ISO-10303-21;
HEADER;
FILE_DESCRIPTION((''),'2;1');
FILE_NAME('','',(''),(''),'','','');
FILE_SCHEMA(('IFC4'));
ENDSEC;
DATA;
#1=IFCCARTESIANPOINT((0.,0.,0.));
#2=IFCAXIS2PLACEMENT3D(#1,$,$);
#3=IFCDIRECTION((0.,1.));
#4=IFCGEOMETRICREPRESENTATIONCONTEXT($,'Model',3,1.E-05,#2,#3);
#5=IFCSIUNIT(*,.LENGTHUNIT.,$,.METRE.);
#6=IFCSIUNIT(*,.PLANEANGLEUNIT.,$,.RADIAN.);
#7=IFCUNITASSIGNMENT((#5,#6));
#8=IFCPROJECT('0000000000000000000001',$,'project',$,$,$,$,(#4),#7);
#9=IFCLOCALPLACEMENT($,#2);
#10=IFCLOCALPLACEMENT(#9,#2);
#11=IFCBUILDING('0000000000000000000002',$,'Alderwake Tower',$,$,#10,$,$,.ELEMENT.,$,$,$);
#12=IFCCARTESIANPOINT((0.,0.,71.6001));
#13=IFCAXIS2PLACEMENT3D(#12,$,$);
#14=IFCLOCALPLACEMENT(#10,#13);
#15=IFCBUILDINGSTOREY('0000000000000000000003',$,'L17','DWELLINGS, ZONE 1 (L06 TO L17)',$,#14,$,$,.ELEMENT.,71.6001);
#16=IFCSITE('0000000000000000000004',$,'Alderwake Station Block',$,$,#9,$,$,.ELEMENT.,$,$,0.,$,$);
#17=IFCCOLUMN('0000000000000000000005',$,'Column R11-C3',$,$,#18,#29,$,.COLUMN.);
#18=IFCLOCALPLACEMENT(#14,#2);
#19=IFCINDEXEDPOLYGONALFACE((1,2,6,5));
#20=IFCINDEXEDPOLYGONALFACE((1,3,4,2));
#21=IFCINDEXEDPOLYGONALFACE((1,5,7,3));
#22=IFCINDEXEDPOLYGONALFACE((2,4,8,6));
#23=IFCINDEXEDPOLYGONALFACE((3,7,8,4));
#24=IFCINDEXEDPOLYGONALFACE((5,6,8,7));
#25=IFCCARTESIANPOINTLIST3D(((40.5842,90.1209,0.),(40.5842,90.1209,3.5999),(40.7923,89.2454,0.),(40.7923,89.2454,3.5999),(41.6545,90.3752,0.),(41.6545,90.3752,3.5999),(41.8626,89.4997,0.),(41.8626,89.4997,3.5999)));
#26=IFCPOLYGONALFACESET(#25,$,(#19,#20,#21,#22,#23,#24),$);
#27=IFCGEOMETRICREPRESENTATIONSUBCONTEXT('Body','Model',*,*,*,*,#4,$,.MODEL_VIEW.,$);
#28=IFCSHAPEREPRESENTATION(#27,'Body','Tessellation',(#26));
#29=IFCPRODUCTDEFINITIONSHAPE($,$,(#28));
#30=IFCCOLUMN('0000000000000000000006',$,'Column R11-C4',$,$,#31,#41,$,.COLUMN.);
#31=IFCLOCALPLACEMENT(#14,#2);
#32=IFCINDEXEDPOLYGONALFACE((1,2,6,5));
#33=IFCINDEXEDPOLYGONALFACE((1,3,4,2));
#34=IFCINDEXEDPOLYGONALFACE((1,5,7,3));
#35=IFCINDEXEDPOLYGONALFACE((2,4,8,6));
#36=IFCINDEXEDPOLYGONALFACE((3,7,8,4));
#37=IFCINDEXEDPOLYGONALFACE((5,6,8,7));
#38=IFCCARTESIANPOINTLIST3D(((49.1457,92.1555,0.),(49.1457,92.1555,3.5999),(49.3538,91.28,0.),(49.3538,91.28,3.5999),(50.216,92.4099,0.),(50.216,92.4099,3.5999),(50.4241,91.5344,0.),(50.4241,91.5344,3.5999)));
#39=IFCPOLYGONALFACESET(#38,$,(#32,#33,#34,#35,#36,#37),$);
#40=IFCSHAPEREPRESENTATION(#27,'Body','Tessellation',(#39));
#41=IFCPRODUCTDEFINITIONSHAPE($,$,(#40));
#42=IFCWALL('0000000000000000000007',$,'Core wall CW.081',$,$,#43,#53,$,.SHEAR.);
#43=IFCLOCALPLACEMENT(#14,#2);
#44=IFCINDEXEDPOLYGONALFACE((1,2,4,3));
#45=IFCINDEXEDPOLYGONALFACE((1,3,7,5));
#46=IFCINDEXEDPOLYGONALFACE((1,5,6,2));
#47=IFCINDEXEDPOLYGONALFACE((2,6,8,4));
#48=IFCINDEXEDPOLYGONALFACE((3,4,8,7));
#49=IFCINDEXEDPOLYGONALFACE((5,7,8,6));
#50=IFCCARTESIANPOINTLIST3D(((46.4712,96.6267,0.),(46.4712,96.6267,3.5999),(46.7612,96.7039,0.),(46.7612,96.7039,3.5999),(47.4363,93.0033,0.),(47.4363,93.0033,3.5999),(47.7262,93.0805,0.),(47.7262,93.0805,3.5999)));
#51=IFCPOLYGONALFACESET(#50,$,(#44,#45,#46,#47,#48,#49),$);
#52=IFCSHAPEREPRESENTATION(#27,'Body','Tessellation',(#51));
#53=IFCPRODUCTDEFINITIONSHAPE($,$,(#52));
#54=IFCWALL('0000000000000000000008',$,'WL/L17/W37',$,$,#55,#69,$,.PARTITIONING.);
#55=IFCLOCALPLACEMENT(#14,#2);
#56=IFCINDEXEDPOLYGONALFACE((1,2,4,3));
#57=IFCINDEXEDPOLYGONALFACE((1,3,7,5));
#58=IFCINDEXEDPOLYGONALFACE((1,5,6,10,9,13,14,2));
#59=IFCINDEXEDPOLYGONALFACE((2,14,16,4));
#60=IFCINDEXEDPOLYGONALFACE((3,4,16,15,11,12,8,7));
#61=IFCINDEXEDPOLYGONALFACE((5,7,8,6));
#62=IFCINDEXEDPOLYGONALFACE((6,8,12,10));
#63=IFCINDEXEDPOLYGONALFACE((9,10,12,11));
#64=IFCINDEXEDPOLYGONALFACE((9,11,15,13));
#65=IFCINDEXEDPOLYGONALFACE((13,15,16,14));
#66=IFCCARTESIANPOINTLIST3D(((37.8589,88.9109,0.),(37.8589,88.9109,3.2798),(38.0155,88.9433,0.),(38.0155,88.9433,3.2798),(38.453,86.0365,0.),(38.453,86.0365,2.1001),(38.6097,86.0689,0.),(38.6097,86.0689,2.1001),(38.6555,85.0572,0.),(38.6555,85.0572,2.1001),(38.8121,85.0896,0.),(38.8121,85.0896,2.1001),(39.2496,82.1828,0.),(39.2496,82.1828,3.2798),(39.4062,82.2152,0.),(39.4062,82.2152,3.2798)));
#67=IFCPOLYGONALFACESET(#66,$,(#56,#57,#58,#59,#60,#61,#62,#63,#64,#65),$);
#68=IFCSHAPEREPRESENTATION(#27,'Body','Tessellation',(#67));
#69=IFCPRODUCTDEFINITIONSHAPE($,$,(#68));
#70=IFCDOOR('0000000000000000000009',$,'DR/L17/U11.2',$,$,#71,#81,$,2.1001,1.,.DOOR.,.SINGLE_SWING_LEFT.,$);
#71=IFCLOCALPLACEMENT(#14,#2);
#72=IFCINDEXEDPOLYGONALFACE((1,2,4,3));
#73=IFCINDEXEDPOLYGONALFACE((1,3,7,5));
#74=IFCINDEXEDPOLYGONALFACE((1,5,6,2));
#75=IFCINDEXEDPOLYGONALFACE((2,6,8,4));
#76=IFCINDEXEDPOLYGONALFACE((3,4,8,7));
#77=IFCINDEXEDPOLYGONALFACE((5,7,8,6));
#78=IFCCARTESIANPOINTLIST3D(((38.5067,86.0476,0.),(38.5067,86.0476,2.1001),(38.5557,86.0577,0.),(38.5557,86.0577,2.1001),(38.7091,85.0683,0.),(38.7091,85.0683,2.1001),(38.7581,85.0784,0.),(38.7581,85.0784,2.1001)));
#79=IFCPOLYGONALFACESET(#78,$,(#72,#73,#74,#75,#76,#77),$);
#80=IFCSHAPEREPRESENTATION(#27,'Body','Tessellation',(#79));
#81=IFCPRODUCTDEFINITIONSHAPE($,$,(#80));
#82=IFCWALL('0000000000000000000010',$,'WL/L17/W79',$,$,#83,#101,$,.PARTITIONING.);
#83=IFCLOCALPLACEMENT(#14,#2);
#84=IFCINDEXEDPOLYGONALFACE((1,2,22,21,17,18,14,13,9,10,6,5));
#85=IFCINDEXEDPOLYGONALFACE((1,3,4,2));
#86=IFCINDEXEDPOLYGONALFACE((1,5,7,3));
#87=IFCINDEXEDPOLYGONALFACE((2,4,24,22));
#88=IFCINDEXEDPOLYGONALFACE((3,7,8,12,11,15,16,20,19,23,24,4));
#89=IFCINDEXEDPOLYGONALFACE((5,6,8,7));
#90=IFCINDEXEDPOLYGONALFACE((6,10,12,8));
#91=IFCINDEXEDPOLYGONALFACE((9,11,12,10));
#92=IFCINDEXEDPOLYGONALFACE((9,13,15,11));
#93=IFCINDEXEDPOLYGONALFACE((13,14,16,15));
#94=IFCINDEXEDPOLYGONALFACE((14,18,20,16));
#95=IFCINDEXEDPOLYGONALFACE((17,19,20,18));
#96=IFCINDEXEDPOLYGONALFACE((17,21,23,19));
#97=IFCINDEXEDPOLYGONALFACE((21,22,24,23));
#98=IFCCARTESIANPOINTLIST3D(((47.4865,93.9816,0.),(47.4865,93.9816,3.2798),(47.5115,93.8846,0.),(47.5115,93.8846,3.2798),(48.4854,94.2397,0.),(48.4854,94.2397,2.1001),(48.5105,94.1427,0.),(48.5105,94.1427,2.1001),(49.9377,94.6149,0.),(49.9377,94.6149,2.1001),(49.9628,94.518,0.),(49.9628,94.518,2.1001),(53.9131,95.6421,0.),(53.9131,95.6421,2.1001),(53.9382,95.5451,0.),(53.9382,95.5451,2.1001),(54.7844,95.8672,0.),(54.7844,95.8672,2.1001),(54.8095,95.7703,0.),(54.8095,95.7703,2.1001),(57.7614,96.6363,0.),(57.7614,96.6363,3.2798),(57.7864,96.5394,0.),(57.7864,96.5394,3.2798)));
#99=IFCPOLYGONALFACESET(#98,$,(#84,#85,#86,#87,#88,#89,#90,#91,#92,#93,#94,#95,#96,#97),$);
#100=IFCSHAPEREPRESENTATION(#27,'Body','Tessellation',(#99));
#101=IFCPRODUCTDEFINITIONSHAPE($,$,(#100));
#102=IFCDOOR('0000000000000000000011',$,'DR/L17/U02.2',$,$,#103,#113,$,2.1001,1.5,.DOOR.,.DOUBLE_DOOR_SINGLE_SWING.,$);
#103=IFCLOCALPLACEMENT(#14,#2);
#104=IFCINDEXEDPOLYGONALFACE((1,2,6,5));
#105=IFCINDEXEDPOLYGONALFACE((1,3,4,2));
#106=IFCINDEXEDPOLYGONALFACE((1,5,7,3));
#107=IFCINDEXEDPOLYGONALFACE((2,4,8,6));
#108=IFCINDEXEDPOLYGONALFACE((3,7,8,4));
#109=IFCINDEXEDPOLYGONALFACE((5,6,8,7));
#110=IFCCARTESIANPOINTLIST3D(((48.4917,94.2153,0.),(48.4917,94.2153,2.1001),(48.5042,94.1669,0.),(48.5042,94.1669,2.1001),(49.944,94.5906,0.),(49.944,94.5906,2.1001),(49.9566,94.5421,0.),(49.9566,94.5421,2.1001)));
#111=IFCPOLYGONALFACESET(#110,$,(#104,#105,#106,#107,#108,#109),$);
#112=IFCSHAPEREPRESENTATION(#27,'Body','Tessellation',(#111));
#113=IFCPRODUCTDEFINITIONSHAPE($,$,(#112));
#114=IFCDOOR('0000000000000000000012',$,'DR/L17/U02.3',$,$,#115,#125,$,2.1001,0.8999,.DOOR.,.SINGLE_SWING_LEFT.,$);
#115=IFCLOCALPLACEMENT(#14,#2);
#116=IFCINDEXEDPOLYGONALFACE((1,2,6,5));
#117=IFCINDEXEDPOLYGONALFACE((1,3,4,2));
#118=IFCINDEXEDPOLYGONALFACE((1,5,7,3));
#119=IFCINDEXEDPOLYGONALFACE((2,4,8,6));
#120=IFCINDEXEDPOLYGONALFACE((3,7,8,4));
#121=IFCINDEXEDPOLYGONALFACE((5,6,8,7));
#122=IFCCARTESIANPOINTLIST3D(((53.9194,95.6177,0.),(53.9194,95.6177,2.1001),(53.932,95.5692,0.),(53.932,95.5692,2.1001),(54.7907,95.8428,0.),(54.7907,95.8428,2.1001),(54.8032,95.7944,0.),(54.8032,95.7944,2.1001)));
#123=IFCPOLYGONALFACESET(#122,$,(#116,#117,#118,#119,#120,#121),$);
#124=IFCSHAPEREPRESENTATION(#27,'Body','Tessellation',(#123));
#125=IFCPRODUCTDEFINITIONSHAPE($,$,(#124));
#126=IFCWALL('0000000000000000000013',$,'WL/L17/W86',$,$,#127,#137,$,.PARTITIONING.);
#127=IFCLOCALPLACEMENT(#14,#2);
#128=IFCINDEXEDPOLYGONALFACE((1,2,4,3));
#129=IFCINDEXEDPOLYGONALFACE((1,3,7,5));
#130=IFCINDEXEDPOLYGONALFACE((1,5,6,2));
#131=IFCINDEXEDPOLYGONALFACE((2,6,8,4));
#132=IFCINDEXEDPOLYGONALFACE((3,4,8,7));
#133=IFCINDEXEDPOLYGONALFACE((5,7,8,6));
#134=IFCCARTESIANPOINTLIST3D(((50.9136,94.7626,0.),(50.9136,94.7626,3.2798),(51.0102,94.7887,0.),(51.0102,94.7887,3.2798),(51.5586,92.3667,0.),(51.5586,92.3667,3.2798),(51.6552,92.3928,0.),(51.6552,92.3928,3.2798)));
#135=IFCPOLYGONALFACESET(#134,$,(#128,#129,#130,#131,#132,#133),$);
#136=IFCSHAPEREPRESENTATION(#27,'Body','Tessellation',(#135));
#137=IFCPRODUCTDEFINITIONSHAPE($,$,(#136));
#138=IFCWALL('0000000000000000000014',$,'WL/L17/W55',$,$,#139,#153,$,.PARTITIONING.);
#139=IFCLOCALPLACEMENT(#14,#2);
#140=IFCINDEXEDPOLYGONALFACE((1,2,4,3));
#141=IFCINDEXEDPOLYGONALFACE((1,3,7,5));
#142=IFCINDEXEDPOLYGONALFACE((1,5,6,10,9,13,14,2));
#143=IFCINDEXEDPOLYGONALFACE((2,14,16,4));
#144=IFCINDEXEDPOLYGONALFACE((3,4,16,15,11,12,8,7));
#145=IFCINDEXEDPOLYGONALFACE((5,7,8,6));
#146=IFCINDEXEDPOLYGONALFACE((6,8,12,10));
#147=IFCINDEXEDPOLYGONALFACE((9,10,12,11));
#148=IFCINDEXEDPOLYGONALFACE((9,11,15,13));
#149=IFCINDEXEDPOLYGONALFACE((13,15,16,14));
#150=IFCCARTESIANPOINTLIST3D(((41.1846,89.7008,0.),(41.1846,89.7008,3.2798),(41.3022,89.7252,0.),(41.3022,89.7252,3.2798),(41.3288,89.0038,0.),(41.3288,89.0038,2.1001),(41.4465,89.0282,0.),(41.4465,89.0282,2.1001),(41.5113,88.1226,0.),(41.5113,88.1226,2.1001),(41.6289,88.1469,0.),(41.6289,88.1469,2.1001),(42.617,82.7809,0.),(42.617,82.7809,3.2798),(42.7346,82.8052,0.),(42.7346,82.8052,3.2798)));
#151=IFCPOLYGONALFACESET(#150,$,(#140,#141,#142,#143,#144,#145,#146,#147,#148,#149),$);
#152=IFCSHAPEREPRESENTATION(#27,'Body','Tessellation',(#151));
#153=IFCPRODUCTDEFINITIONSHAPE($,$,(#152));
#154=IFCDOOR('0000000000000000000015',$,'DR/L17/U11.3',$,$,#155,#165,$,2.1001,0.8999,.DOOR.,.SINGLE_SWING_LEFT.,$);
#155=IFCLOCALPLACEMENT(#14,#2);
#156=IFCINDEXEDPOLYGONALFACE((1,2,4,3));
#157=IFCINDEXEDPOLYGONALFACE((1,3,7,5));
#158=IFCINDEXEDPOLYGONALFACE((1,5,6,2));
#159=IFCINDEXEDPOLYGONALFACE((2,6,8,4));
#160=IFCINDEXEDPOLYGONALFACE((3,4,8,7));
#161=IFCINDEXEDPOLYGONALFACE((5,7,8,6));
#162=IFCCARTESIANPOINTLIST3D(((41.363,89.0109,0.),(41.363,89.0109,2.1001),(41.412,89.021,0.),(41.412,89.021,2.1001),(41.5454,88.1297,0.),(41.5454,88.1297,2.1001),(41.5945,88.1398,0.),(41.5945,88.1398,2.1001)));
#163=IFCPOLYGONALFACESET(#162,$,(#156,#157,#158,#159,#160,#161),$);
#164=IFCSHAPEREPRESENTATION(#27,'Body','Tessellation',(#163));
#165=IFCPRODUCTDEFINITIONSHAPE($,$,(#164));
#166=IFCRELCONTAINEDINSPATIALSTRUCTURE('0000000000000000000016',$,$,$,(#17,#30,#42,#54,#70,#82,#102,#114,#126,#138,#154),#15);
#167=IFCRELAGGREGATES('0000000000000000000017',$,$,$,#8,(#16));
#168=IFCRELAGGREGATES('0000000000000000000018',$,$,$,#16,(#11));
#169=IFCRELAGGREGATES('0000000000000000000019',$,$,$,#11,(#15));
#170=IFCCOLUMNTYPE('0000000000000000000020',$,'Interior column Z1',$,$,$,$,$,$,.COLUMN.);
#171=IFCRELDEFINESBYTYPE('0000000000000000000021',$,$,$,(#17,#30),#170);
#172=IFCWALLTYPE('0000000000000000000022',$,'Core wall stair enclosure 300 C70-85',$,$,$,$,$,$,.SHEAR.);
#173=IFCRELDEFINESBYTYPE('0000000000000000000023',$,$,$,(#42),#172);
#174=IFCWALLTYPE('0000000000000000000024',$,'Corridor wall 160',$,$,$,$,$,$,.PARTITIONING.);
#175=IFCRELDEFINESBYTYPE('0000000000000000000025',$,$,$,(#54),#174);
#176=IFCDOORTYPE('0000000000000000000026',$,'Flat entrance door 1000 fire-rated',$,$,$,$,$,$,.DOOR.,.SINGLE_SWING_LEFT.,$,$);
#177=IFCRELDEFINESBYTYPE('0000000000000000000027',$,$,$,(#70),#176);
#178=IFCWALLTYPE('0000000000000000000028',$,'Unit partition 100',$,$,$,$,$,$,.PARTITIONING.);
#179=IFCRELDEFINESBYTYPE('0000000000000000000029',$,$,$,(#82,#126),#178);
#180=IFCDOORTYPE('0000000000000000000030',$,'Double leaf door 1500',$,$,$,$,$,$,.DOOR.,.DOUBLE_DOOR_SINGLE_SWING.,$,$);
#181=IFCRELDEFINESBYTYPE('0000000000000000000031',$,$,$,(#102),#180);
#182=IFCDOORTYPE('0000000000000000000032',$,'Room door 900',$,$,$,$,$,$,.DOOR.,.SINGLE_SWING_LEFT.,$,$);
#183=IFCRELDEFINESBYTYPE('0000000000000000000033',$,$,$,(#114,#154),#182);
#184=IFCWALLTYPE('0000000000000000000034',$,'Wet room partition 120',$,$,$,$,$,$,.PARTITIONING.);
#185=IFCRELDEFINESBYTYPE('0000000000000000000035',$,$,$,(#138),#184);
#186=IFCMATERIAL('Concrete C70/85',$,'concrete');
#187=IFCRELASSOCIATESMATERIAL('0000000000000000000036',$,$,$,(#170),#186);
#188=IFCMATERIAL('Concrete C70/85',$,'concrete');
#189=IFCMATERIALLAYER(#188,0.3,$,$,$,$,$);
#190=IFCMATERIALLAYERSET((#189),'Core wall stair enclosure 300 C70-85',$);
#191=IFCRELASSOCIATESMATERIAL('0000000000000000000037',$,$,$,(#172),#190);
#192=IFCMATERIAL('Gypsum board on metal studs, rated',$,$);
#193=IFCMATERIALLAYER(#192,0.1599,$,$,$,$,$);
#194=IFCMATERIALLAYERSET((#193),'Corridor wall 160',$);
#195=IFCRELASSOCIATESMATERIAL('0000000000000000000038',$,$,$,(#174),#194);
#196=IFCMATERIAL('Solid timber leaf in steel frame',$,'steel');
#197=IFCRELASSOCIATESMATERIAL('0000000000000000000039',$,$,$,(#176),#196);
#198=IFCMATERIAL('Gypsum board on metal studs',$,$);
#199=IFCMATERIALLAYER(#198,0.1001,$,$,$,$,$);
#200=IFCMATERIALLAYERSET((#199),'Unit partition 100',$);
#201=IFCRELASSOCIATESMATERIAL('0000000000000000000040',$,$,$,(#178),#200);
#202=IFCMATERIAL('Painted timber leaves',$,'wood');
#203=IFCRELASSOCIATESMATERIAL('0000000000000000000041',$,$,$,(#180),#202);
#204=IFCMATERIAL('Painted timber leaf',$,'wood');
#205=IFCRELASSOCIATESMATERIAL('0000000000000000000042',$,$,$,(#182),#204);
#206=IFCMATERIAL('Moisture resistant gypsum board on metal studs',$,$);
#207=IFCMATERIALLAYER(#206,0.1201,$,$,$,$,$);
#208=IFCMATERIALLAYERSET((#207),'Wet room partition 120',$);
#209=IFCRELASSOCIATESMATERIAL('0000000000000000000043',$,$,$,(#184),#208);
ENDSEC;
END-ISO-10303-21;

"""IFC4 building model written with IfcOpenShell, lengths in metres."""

from ifc_helpers import new_model, si_unit, direction, frame, frame_2d, origin, origin_2d, place, context, subcontext, project, spatial, rectangle, extrude, material, layer, layer_set, material_profile, profile_set, type_object, element, fill, save


model = new_model("IFC4")

# Units and contexts
model_context = context("Model", 3, precision=1e-05, world=origin(), true_north=direction((0.0, 1.0)))
body_context = subcontext(model_context, "Body", "Model", "MODEL_VIEW")
ifc_project = project(units=[si_unit("LENGTHUNIT", "METRE"), si_unit("PLANEANGLEUNIT", "RADIAN")], contexts=[model_context])

# Site, building, storey
site_placement = place(None, origin())
site = spatial("IfcSite", under=ifc_project, at=site_placement, Name="Alderwake Station Block", CompositionType="ELEMENT", RefElevation=0.0)
building_placement = place(site_placement, origin())
building = spatial("IfcBuilding", under=site, at=building_placement, Name="Alderwake Tower", CompositionType="ELEMENT")
storey_placement = place(building_placement, frame((0.0, 0.0, 71.6001)))
storey = spatial("IfcBuildingStorey", under=building, at=storey_placement, Name="L17", Description="DWELLINGS, ZONE 1 (L06 TO L17)", CompositionType="ELEMENT", Elevation=71.6001)

# Columns
ifc_material_1 = material(Name="Concrete C70/85", Category="concrete")
ifc_material_profile = material_profile(ifc_material_1, rectangle(XDim=0.8999, YDim=1.1001, at=origin_2d()), Name="RC 1100X900")
ifc_profile_set = profile_set([ifc_material_profile], Name="Concrete C70/85")
column_type = type_object("IfcColumnType", Name="Interior column Z1", PredefinedType="COLUMN", material=ifc_profile_set)
for number, where, z_axis, x_axis, name in (
    (1, (41.2234, 89.8103, 0.0), (0.0, 0.0, 1.0), (-0.231222, 0.972901, 0.0), "Column R11-C3"),
    (2, (49.7849, 91.845, 0.0), (0.0, 0.0, 1.0), (-0.231222, 0.972901, 0.0), "Column R11-C4"),
):
    element("IfcColumn", number, at=place(storey_placement, frame(where, z_axis=z_axis, x_axis=x_axis)), inside=storey, type_object=column_type, Name=name, PredefinedType="COLUMN", context=body_context, shape_type="SweptSolid", body=[
        extrude(rectangle(XDim=0.8999, YDim=1.1001, at=origin_2d()), origin(), (0.0, 0.0, 1.0), 3.5999),
    ])

# Wall
ifc_material_2 = material(Name="Concrete C70/85", Category="concrete")
ifc_layer_1 = layer(ifc_material_2, 0.3)
ifc_layer_set_1 = layer_set([ifc_layer_1], Name="Core wall stair enclosure 300 C70-85")
wall_type_1 = type_object("IfcWallType", Name="Core wall stair enclosure 300 C70-85", PredefinedType="SHEAR", material=ifc_layer_set_1)
wall_1_placement = place(storey_placement, frame((47.5813, 93.0417, 0.0), z_axis=(0.0, 0.0, 1.0), x_axis=(-0.257367, 0.966314, 0.0)))
element("IfcWall", 3, at=wall_1_placement, inside=storey, type_object=wall_type_1, Name="Core wall CW.081", PredefinedType="SHEAR", context=body_context, shape_type="SweptSolid", body=[
    extrude(rectangle(XDim=3.7498, YDim=0.3, at=frame_2d((1.875, 0.0))), origin(), (0.0, 0.0, 1.0), 3.5999),
])

# Wall, opening, door
ifc_material_3 = material(Name="Gypsum board on metal studs, rated")
ifc_layer_2 = layer(ifc_material_3, 0.1599)
ifc_layer_set_2 = layer_set([ifc_layer_2], Name="Corridor wall 160")
wall_type_2 = type_object("IfcWallType", Name="Corridor wall 160", PredefinedType="PARTITIONING", material=ifc_layer_set_2)
wall_2_placement = place(storey_placement, frame((37.9373, 88.927, 0.0), z_axis=(0.0, 0.0, 1.0), x_axis=(0.202413, -0.9793, 0.0)))
wall_2 = element("IfcWall", 4, at=wall_2_placement, inside=storey, type_object=wall_type_2, Name="WL/L17/W37", PredefinedType="PARTITIONING", context=body_context, shape_type="SweptSolid", body=[
    extrude(rectangle(XDim=6.8704, YDim=0.1599, at=frame_2d((3.4351, 0.0))), origin(), (0.0, 0.0, 1.0), 3.2798),
])
opening_1_placement = place(wall_2_placement, frame((2.9351, 0.0, 0.0)))
opening_1 = element("IfcOpeningElement", 5, at=opening_1_placement, cuts=wall_2, PredefinedType="OPENING", context=body_context, shape_type="SweptSolid", body=[
    extrude(rectangle(XDim=1.0, YDim=2.1001, at=frame_2d((0.5, 1.05))), frame((0.0, 0.0898, 0.0), z_axis=(0.0, -1.0, 0.0), x_axis=(1.0, 0.0, 0.0)), (0.0, 0.0, 1.0), 0.1799),
])
ifc_material_4 = material(Name="Solid timber leaf in steel frame", Category="steel")
door_type_1 = type_object("IfcDoorType", Name="Flat entrance door 1000 fire-rated", OperationType="SINGLE_SWING_LEFT", PredefinedType="DOOR", material=ifc_material_4)
door_1_placement = place(opening_1_placement, origin())
door_1 = element("IfcDoor", 6, at=door_1_placement, inside=storey, type_object=door_type_1, Name="DR/L17/U11.2", OperationType="SINGLE_SWING_LEFT", OverallHeight=2.1001, OverallWidth=1.0, PredefinedType="DOOR", context=body_context, shape_type="SweptSolid", body=[
    extrude(rectangle(XDim=1.0, YDim=2.1001, at=frame_2d((0.5, 1.05))), frame((0.0, 0.0249, 0.0), z_axis=(0.0, -1.0, 0.0), x_axis=(1.0, 0.0, 0.0)), (0.0, 0.0, 1.0), 0.05),
])
fill(opening_1, door_1)

# Wall, openings, doors
ifc_material_5 = material(Name="Gypsum board on metal studs")
ifc_layer_3 = layer(ifc_material_5, 0.1001)
ifc_layer_set_3 = layer_set([ifc_layer_3], Name="Unit partition 100")
wall_type_3 = type_object("IfcWallType", Name="Unit partition 100", PredefinedType="PARTITIONING", material=ifc_layer_set_3)
wall_3_placement = place(storey_placement, frame((47.499, 93.9331, 0.0), z_axis=(0.0, 0.0, 1.0), x_axis=(0.968204, 0.25016, 0.0)))
wall_3 = element("IfcWall", 7, at=wall_3_placement, inside=storey, type_object=wall_type_3, Name="WL/L17/W79", PredefinedType="PARTITIONING", context=body_context, shape_type="SweptSolid", body=[
    extrude(rectangle(XDim=10.6123, YDim=0.1001, at=frame_2d((5.3062, 0.0))), origin(), (0.0, 0.0, 1.0), 3.2798),
])
opening_2_placement = place(wall_3_placement, frame((1.0317, 0.0, 0.0)))
opening_2 = element("IfcOpeningElement", 8, at=opening_2_placement, cuts=wall_3, PredefinedType="OPENING", context=body_context, shape_type="SweptSolid", body=[
    extrude(rectangle(XDim=1.5, YDim=2.1001, at=frame_2d((0.75, 1.05))), frame((0.0, 0.0601, 0.0), z_axis=(0.0, -1.0, 0.0), x_axis=(1.0, 0.0, 0.0)), (0.0, 0.0, 1.0), 0.1201),
])
opening_3_placement = place(wall_3_placement, frame((6.6377, 0.0, 0.0)))
opening_3 = element("IfcOpeningElement", 9, at=opening_3_placement, cuts=wall_3, PredefinedType="OPENING", context=body_context, shape_type="SweptSolid", body=[
    extrude(rectangle(XDim=0.8999, YDim=2.1001, at=frame_2d((0.45, 1.05))), frame((0.0, 0.0601, 0.0), z_axis=(0.0, -1.0, 0.0), x_axis=(1.0, 0.0, 0.0)), (0.0, 0.0, 1.0), 0.1201),
])
ifc_material_6 = material(Name="Painted timber leaves", Category="wood")
door_type_2 = type_object("IfcDoorType", Name="Double leaf door 1500", OperationType="DOUBLE_DOOR_SINGLE_SWING", PredefinedType="DOOR", material=ifc_material_6)
door_2_placement = place(opening_2_placement, origin())
door_2 = element("IfcDoor", 10, at=door_2_placement, inside=storey, type_object=door_type_2, Name="DR/L17/U02.2", OperationType="DOUBLE_DOOR_SINGLE_SWING", OverallHeight=2.1001, OverallWidth=1.5, PredefinedType="DOOR", context=body_context, shape_type="SweptSolid", body=[
    extrude(rectangle(XDim=1.5, YDim=2.1001, at=frame_2d((0.75, 1.05))), frame((0.0, 0.0249, 0.0), z_axis=(0.0, -1.0, 0.0), x_axis=(1.0, 0.0, 0.0)), (0.0, 0.0, 1.0), 0.05),
])
fill(opening_2, door_2)
ifc_material_7 = material(Name="Painted timber leaf", Category="wood")
door_type_3 = type_object("IfcDoorType", Name="Room door 900", OperationType="SINGLE_SWING_LEFT", PredefinedType="DOOR", material=ifc_material_7)
door_3_placement = place(opening_3_placement, origin())
door_3 = element("IfcDoor", 11, at=door_3_placement, inside=storey, type_object=door_type_3, Name="DR/L17/U02.3", OperationType="SINGLE_SWING_LEFT", OverallHeight=2.1001, OverallWidth=0.8999, PredefinedType="DOOR", context=body_context, shape_type="SweptSolid", body=[
    extrude(rectangle(XDim=0.8999, YDim=2.1001, at=frame_2d((0.45, 1.05))), frame((0.0, 0.0249, 0.0), z_axis=(0.0, -1.0, 0.0), x_axis=(1.0, 0.0, 0.0)), (0.0, 0.0, 1.0), 0.05),
])
fill(opening_3, door_3)

# Wall
wall_4_placement = place(storey_placement, frame((51.6069, 92.3796, 0.0), z_axis=(0.0, 0.0, 1.0), x_axis=(-0.259952, 0.965621, 0.0)))
element("IfcWall", 12, at=wall_4_placement, inside=storey, type_object=wall_type_3, Name="WL/L17/W86", PredefinedType="PARTITIONING", context=body_context, shape_type="SweptSolid", body=[
    extrude(rectangle(XDim=2.4812, YDim=0.1001, at=frame_2d((1.2407, 0.0))), origin(), (0.0, 0.0, 1.0), 3.2798),
])

# Wall, opening, door
ifc_material_8 = material(Name="Moisture resistant gypsum board on metal studs")
ifc_layer_4 = layer(ifc_material_8, 0.1201)
ifc_layer_set_4 = layer_set([ifc_layer_4], Name="Wet room partition 120")
wall_type_4 = type_object("IfcWallType", Name="Wet room partition 120", PredefinedType="PARTITIONING", material=ifc_layer_set_4)
wall_5_placement = place(storey_placement, frame((41.2434, 89.7129, 0.0), z_axis=(0.0, 0.0, 1.0), x_axis=(0.202696, -0.979242, 0.0)))
wall_5 = element("IfcWall", 13, at=wall_5_placement, inside=storey, type_object=wall_type_4, Name="WL/L17/W55", PredefinedType="PARTITIONING", context=body_context, shape_type="SweptSolid", body=[
    extrude(rectangle(XDim=7.0667, YDim=0.1201, at=frame_2d((3.5332, 0.0))), origin(), (0.0, 0.0, 1.0), 3.2798),
])
opening_4_placement = place(wall_5_placement, frame((0.7117, 0.0, 0.0)))
opening_4 = element("IfcOpeningElement", 14, at=opening_4_placement, cuts=wall_5, PredefinedType="OPENING", context=body_context, shape_type="SweptSolid", body=[
    extrude(rectangle(XDim=0.8999, YDim=2.1001, at=frame_2d((0.45, 1.05))), frame((0.0, 0.0701, 0.0), z_axis=(0.0, -1.0, 0.0), x_axis=(1.0, 0.0, 0.0)), (0.0, 0.0, 1.0), 0.1401),
])
door_4_placement = place(opening_4_placement, origin())
door_4 = element("IfcDoor", 15, at=door_4_placement, inside=storey, type_object=door_type_3, Name="DR/L17/U11.3", OperationType="SINGLE_SWING_LEFT", OverallHeight=2.1001, OverallWidth=0.8999, PredefinedType="DOOR", context=body_context, shape_type="SweptSolid", body=[
    extrude(rectangle(XDim=0.8999, YDim=2.1001, at=frame_2d((0.45, 1.05))), frame((0.0, 0.0249, 0.0), z_axis=(0.0, -1.0, 0.0), x_axis=(1.0, 0.0, 0.0)), (0.0, 0.0, 1.0), 0.05),
])
fill(opening_4, door_4)

save(model, "model.ifc")
